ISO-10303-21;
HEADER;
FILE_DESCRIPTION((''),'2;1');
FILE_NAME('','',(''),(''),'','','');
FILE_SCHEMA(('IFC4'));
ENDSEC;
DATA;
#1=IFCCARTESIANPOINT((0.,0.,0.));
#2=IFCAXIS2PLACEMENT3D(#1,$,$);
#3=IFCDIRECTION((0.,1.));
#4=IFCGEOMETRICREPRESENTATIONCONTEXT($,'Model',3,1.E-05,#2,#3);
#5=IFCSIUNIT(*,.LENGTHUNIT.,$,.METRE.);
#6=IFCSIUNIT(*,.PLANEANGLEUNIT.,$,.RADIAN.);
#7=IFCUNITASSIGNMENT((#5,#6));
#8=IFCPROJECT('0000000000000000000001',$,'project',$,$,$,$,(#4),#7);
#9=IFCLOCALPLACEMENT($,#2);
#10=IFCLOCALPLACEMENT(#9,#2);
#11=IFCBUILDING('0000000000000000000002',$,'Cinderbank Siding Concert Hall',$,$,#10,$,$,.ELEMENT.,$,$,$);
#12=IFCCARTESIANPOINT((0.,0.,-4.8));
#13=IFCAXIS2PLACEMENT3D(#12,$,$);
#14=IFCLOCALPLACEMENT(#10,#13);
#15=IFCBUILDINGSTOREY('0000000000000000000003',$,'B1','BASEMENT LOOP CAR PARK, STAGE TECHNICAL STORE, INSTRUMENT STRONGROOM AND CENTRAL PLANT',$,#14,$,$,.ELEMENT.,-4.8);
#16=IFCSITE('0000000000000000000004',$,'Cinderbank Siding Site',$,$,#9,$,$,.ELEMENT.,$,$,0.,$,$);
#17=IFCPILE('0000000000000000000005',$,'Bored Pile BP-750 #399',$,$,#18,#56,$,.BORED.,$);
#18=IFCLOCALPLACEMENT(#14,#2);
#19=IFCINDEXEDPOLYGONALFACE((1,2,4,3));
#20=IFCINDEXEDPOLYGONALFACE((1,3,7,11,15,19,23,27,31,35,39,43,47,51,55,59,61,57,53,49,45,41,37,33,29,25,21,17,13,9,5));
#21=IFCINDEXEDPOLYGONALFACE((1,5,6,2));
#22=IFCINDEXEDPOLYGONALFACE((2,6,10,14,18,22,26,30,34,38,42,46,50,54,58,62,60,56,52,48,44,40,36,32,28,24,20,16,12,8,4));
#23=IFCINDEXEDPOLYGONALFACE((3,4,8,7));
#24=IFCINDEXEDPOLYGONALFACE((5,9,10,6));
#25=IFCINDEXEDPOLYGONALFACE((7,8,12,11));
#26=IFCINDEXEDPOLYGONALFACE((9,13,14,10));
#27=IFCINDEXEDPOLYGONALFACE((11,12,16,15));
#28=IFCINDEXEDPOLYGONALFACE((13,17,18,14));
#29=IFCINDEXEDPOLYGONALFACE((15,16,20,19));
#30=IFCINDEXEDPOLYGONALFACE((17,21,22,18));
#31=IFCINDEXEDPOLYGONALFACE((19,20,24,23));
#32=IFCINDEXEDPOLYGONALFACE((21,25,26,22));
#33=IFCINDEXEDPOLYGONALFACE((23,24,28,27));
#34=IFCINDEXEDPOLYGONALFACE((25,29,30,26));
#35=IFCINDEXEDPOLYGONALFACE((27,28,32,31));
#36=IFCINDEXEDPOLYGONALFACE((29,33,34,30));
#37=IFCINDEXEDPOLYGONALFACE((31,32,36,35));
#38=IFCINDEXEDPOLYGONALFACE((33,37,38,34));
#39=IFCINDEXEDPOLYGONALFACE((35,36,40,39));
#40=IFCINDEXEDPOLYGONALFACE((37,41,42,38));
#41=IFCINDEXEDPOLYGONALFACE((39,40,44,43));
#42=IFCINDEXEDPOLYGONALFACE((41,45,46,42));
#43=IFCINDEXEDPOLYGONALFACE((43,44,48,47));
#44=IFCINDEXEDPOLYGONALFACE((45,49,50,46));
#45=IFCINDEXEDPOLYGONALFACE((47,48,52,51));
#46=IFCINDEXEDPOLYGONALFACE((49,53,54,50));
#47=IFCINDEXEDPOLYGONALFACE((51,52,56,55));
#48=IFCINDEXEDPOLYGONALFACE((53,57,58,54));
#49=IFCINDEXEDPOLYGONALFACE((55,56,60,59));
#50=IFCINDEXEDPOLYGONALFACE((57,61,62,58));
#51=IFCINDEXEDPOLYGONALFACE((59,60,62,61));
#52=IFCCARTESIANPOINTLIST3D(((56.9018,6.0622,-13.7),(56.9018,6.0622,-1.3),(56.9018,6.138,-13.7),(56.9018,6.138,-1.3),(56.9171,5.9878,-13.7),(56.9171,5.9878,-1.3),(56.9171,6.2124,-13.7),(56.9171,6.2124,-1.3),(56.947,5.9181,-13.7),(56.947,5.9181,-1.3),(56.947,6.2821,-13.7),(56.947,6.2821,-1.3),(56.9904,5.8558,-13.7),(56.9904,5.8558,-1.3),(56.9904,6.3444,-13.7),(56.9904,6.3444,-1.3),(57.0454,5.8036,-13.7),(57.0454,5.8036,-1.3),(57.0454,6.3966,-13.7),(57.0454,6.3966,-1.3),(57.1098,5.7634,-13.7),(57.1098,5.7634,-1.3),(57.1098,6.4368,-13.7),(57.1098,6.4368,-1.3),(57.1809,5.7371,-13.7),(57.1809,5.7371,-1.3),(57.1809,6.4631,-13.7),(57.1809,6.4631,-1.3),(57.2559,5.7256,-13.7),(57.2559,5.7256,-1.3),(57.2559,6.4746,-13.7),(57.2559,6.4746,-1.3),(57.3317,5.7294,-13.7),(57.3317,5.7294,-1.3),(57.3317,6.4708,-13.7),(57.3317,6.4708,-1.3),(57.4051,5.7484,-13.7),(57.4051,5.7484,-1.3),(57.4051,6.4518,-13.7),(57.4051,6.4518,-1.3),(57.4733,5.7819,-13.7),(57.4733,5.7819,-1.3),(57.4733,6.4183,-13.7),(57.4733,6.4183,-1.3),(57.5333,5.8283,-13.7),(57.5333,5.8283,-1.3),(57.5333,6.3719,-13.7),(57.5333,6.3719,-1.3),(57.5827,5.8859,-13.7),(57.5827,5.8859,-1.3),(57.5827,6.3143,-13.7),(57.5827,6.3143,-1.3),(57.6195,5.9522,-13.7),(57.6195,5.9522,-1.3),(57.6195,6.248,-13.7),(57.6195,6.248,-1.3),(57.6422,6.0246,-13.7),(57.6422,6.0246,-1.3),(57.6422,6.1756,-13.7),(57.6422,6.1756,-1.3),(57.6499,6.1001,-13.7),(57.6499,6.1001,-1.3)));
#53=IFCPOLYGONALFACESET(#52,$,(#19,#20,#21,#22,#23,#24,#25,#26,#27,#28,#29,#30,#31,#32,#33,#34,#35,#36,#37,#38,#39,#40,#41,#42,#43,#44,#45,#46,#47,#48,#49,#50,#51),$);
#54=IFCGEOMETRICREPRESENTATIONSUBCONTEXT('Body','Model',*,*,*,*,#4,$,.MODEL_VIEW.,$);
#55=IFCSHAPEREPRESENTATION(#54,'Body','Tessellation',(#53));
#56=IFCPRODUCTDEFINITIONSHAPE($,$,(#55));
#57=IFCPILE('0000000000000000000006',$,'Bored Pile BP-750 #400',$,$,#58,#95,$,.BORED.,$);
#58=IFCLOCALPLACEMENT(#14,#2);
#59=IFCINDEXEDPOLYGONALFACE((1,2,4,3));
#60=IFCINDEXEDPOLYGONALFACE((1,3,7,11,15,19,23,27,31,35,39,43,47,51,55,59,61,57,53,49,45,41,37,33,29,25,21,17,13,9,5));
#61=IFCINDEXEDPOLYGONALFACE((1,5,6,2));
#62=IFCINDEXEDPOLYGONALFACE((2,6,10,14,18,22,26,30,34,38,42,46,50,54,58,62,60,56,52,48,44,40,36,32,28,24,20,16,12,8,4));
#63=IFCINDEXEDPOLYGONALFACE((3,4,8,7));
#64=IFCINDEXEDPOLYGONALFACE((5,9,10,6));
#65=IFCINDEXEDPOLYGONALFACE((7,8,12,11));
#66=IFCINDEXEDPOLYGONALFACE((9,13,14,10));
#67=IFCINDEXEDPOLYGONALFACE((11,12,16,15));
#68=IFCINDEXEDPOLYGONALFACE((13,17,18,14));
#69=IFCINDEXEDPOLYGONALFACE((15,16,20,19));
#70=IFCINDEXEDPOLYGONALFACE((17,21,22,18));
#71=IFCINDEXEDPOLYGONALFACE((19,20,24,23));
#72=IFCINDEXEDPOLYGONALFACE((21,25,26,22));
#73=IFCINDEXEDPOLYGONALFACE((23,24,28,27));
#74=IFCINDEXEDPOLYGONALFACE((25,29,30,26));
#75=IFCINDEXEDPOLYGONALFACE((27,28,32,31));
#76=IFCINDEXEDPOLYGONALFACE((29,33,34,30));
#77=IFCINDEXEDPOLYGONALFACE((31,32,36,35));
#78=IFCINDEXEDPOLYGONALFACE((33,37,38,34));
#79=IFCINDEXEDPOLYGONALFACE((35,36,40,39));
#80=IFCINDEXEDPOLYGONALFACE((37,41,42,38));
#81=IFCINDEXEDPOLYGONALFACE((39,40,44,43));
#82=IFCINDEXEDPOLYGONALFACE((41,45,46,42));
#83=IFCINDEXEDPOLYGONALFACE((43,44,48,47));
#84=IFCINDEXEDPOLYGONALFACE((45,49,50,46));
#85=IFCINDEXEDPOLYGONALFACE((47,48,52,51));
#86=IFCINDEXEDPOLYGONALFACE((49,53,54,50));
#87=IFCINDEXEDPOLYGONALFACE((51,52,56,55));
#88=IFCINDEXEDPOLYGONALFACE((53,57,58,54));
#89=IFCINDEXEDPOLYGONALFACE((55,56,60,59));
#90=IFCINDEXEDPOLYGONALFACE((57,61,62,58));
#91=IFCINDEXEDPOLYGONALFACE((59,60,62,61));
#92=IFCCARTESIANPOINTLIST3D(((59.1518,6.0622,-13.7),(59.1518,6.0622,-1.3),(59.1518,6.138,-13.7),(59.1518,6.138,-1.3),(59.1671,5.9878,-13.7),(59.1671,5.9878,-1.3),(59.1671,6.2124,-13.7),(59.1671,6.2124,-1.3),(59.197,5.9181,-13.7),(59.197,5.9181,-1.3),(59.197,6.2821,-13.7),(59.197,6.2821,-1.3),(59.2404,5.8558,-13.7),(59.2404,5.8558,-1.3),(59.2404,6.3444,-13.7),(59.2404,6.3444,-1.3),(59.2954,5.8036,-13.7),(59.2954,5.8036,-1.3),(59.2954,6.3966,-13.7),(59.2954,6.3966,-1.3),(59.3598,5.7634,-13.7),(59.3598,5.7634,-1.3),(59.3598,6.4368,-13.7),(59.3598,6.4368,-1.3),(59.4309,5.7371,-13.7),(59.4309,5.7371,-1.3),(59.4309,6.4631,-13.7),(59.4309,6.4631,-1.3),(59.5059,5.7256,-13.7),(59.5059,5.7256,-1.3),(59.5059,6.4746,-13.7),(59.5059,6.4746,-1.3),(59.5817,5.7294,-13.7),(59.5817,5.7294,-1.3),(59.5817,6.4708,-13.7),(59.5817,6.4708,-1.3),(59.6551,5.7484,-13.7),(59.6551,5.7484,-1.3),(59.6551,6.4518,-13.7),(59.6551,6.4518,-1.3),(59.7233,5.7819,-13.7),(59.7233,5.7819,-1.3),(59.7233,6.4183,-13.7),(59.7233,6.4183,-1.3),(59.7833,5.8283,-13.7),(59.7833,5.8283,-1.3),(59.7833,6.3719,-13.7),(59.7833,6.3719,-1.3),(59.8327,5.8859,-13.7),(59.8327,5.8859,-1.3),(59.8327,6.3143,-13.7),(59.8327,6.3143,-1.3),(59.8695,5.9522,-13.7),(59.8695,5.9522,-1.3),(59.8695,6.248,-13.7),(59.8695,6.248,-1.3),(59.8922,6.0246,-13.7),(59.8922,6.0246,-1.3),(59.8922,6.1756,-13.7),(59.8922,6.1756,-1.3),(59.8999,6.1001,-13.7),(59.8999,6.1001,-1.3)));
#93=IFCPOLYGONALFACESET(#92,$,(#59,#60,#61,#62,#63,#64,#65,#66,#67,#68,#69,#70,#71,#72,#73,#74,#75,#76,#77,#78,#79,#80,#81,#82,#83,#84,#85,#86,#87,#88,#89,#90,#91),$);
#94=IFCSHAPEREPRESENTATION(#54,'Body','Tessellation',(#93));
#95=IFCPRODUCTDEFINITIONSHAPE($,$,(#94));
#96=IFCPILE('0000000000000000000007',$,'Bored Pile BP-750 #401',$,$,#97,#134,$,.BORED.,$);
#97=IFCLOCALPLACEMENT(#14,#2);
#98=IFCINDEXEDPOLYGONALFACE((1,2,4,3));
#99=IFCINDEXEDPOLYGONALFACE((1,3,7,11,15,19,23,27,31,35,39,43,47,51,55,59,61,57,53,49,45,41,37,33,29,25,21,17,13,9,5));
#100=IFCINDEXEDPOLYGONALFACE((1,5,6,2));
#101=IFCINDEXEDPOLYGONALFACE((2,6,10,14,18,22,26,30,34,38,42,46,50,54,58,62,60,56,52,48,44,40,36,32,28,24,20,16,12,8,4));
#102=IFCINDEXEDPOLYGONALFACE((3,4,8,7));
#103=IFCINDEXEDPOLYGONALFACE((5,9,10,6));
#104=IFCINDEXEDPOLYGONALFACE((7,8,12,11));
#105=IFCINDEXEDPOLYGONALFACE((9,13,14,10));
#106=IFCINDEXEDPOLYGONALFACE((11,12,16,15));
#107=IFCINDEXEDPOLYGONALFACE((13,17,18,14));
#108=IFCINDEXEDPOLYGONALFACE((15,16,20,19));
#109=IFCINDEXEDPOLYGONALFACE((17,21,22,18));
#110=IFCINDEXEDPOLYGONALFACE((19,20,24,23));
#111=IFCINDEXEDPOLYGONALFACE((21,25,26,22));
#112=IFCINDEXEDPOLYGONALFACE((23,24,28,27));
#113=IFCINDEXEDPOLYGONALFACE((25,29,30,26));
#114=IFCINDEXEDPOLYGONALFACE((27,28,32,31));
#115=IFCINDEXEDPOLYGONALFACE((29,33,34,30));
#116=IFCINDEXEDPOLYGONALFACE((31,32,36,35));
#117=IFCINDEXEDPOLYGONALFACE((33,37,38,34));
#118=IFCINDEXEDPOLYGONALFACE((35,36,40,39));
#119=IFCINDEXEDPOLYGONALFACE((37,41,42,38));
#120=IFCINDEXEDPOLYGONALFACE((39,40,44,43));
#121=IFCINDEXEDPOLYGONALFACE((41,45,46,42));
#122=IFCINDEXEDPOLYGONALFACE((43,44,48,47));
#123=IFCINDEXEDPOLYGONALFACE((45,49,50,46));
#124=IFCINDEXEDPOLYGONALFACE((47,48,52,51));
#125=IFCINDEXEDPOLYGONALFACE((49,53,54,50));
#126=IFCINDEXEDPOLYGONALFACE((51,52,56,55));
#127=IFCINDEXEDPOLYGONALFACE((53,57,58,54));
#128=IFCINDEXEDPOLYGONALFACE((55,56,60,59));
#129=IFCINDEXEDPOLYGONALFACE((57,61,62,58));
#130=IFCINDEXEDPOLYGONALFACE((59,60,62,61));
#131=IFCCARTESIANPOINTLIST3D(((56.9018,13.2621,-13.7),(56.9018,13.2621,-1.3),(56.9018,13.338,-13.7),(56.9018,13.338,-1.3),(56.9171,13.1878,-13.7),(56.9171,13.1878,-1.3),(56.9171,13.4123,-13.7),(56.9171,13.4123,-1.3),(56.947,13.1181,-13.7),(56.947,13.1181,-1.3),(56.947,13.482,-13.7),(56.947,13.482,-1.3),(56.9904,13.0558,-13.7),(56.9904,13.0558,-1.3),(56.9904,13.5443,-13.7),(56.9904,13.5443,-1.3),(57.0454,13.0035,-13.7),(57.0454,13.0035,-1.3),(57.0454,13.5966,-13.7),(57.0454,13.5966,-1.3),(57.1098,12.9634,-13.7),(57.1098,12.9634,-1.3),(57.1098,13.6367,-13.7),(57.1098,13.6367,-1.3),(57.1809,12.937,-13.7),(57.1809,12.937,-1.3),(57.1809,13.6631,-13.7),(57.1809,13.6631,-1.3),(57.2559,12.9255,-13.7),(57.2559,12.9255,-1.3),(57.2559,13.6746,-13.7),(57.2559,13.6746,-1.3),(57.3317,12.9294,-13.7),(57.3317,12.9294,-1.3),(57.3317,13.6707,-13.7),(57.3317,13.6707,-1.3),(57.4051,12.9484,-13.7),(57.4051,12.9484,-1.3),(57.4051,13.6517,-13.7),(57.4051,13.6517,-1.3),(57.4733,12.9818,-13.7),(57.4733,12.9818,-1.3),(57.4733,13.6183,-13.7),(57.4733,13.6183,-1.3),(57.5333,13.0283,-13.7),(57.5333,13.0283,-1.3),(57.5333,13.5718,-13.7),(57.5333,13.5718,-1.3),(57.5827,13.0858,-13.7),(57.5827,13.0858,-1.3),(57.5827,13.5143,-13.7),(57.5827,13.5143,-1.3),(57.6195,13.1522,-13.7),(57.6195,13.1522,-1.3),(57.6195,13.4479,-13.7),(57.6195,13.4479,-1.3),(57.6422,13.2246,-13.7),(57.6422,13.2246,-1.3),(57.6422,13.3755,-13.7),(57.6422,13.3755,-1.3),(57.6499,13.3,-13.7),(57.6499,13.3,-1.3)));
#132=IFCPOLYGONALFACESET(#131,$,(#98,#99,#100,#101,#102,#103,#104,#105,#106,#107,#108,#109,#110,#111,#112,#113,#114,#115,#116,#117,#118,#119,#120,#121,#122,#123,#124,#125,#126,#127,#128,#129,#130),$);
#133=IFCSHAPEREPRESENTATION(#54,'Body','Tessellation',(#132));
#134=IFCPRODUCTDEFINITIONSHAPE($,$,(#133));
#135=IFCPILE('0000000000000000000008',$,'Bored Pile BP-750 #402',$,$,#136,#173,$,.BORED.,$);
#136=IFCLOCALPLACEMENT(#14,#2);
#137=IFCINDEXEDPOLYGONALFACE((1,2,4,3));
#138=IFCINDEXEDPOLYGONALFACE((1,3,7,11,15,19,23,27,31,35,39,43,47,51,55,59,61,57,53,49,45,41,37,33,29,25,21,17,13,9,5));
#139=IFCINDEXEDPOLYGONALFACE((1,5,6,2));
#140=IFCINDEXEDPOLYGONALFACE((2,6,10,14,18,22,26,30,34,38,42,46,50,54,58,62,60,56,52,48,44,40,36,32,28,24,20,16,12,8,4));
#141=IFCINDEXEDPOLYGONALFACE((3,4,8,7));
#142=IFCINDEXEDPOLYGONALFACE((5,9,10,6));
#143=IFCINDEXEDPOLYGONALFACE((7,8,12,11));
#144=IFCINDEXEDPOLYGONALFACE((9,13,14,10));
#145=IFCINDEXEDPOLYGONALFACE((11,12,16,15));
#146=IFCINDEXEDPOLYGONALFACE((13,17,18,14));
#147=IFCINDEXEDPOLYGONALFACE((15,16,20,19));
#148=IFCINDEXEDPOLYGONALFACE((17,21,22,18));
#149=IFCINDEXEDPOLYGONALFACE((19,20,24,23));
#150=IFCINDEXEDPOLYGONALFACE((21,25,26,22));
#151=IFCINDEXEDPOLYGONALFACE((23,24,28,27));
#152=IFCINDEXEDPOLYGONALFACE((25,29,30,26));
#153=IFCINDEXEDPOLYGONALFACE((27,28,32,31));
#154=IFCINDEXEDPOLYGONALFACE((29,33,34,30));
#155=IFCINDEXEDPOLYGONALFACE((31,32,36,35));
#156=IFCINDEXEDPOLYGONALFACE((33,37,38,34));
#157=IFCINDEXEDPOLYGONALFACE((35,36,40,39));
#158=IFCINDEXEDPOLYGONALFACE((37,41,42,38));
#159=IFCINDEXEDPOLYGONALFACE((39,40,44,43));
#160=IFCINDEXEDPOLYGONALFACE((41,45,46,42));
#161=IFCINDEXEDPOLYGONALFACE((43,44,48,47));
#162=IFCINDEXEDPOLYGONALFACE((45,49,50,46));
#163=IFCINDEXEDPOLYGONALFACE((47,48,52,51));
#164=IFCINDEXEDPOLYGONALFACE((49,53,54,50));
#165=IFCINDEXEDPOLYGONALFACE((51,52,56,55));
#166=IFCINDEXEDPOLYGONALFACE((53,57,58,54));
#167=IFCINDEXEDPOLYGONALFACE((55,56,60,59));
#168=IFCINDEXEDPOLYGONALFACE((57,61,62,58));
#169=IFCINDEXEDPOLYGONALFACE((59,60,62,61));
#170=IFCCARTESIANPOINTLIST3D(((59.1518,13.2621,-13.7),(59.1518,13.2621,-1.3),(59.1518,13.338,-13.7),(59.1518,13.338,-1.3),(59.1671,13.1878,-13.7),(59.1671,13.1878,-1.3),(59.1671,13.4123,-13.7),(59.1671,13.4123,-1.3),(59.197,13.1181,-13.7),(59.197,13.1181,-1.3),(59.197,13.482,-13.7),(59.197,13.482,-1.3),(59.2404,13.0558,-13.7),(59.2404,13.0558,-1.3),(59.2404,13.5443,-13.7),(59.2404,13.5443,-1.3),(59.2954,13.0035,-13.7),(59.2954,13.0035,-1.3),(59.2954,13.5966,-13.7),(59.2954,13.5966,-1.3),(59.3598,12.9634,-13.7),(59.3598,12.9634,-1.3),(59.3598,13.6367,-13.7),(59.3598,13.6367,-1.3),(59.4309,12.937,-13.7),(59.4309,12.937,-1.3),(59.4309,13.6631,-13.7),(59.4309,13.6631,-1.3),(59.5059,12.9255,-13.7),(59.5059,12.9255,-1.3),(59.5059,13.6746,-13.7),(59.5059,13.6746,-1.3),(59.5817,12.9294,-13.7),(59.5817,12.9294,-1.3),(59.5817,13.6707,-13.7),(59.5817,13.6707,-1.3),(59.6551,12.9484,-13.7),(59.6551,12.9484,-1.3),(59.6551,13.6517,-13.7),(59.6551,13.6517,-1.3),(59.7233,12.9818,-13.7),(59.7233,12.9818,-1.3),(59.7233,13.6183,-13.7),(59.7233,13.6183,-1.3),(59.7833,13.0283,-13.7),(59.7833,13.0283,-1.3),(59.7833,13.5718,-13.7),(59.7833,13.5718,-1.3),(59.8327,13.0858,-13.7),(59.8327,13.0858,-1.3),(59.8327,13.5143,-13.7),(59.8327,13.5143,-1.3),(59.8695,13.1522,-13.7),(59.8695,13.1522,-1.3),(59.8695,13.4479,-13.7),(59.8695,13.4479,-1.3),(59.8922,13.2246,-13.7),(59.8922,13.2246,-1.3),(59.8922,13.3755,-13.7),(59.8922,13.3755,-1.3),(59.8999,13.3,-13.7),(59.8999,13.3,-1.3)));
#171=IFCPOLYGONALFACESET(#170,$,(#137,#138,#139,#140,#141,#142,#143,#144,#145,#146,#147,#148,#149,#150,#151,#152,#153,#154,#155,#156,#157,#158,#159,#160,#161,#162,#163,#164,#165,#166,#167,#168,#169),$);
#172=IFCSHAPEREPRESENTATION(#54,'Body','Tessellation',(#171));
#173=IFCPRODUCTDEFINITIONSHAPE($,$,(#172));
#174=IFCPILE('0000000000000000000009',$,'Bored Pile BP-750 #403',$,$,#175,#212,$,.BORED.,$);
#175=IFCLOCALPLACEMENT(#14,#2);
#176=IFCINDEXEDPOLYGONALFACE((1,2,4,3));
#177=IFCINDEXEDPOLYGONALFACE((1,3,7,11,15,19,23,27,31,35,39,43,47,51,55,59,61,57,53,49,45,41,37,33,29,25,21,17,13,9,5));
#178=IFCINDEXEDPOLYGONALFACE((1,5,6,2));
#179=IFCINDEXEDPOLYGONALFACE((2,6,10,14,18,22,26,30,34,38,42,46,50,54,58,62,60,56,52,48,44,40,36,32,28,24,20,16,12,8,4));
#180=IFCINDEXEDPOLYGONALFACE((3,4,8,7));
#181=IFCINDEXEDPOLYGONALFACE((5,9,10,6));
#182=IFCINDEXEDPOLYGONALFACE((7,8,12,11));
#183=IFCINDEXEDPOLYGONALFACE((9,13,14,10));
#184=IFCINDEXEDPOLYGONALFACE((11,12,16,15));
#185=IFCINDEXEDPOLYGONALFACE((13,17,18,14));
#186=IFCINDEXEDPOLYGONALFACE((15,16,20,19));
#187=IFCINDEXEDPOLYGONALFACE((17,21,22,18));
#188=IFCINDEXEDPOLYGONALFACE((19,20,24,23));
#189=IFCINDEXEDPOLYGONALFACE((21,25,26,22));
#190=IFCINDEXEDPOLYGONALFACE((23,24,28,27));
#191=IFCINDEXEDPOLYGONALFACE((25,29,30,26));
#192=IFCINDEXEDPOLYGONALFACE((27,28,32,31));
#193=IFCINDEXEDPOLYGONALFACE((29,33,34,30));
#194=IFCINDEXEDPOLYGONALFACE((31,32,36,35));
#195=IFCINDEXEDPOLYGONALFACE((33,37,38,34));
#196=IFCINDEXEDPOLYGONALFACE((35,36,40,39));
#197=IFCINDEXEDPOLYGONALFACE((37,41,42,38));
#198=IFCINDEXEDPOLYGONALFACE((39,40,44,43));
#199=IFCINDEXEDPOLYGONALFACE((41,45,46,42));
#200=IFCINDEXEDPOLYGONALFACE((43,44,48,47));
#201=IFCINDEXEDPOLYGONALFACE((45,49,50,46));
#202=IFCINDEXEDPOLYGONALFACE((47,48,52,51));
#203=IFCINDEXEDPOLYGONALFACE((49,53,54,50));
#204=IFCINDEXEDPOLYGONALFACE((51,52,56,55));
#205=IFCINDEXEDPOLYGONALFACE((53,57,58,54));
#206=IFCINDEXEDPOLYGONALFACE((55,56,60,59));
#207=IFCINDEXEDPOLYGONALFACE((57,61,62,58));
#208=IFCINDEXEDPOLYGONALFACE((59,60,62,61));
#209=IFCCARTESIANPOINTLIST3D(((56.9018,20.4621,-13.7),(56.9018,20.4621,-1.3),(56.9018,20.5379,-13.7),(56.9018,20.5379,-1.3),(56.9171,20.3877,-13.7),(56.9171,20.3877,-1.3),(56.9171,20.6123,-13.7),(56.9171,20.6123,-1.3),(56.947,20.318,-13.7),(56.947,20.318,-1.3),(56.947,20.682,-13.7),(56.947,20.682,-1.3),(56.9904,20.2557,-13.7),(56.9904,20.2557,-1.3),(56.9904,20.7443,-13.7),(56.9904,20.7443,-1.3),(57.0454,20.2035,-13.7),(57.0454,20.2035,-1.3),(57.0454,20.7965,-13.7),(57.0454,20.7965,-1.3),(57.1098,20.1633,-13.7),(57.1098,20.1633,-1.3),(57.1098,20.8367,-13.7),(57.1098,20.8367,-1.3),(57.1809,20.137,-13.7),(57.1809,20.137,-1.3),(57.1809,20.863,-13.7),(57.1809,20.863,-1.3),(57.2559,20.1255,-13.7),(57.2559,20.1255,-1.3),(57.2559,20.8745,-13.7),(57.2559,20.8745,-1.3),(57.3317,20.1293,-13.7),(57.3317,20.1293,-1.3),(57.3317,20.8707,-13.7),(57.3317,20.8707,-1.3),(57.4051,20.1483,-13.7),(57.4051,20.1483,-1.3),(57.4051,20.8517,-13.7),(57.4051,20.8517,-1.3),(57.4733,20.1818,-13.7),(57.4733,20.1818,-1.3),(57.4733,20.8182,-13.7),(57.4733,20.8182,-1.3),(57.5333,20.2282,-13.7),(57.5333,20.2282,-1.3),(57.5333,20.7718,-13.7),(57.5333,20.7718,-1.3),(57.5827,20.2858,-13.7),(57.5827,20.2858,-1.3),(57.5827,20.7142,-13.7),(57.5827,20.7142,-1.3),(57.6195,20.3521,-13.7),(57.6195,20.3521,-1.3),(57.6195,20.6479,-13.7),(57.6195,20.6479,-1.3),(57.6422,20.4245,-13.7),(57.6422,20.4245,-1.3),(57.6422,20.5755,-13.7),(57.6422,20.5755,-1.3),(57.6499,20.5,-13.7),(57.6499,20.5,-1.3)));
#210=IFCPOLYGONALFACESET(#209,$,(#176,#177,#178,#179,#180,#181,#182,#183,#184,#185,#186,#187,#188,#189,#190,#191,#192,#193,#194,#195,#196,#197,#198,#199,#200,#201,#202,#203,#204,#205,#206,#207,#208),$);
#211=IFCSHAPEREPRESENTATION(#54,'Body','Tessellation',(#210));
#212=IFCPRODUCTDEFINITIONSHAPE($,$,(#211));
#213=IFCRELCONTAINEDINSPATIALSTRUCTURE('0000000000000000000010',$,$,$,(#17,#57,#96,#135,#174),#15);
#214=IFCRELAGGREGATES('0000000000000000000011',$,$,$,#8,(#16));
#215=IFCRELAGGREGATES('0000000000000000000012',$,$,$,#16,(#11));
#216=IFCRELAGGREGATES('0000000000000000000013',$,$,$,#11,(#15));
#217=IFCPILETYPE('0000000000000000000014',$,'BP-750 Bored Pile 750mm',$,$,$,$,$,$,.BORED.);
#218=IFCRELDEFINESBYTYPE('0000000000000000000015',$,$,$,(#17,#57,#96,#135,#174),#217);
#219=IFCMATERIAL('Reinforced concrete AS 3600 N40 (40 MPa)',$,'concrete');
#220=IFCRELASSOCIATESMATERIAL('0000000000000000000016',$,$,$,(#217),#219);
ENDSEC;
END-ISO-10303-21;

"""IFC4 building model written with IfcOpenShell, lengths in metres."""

from ifc_helpers import new_model, si_unit, direction, frame, origin, origin_2d, place, context, subcontext, project, spatial, circle, extrude, material, material_profile, profile_set, type_object, element, save


model = new_model("IFC4")

# Units and contexts
model_context = context("Model", 3, precision=1e-05, world=origin(), true_north=direction((0.0, 1.0)))
body_context = subcontext(model_context, "Body", "Model", "MODEL_VIEW")
ifc_project = project(units=[si_unit("LENGTHUNIT", "METRE"), si_unit("PLANEANGLEUNIT", "RADIAN")], contexts=[model_context])

# Site, building, storey
site_placement = place(None, origin())
site = spatial("IfcSite", under=ifc_project, at=site_placement, Name="Cinderbank Siding Site", CompositionType="ELEMENT", RefElevation=0.0)
building_placement = place(site_placement, origin())
building = spatial("IfcBuilding", under=site, at=building_placement, Name="Cinderbank Siding Concert Hall", CompositionType="ELEMENT")
storey_placement = place(building_placement, frame((0.0, 0.0, -4.8)))
storey = spatial("IfcBuildingStorey", under=building, at=storey_placement, Name="B1", Description="BASEMENT LOOP CAR PARK, STAGE TECHNICAL STORE, INSTRUMENT STRONGROOM AND CENTRAL PLANT", CompositionType="ELEMENT", Elevation=-4.8)

# Piles
ifc_material_1 = material(Name="Reinforced concrete AS 3600 N40 (40 MPa)", Category="concrete")
ifc_material_profile_1 = material_profile(ifc_material_1, circle(Radius=0.375, at=origin_2d()), Name="PILE-750DIA", Category="LoadBearing")
ifc_profile_set_1 = profile_set([ifc_material_profile_1], Name="Reinforced concrete AS 3600 N40 (40 MPa)")
pile_type_1 = type_object("IfcPileType", Name="BP-750 Bored Pile 750mm", PredefinedType="BORED", material=ifc_profile_set_1)
for number, where, z_axis, x_axis, name in (
    (1, (57.2749, 6.1001, -1.3), (0.0, 0.0, -1.0), (1.0, 0.0, 0.0), "Bored Pile BP-750 #399"),
    (2, (59.5249, 6.1001, -1.3), (0.0, 0.0, -1.0), (1.0, 0.0, 0.0), "Bored Pile BP-750 #400"),
    (3, (57.2749, 13.3, -1.3), (0.0, 0.0, -1.0), (1.0, 0.0, 0.0), "Bored Pile BP-750 #401"),
    (4, (59.5249, 13.3, -1.3), (0.0, 0.0, -1.0), (1.0, 0.0, 0.0), "Bored Pile BP-750 #402"),
    (5, (57.2749, 20.5, -1.3), (0.0, 0.0, -1.0), (1.0, 0.0, 0.0), "Bored Pile BP-750 #403"),
):
    element("IfcPile", number, at=place(storey_placement, frame(where, z_axis=z_axis, x_axis=x_axis)), inside=storey, type_object=pile_type_1, Name=name, PredefinedType="BORED", context=body_context, shape_type="SweptSolid", body=[
        extrude(circle(Radius=0.375, at=origin_2d()), origin(), (0.0, 0.0, 1.0), 12.3999),
    ])

save(model, "model.ifc")
